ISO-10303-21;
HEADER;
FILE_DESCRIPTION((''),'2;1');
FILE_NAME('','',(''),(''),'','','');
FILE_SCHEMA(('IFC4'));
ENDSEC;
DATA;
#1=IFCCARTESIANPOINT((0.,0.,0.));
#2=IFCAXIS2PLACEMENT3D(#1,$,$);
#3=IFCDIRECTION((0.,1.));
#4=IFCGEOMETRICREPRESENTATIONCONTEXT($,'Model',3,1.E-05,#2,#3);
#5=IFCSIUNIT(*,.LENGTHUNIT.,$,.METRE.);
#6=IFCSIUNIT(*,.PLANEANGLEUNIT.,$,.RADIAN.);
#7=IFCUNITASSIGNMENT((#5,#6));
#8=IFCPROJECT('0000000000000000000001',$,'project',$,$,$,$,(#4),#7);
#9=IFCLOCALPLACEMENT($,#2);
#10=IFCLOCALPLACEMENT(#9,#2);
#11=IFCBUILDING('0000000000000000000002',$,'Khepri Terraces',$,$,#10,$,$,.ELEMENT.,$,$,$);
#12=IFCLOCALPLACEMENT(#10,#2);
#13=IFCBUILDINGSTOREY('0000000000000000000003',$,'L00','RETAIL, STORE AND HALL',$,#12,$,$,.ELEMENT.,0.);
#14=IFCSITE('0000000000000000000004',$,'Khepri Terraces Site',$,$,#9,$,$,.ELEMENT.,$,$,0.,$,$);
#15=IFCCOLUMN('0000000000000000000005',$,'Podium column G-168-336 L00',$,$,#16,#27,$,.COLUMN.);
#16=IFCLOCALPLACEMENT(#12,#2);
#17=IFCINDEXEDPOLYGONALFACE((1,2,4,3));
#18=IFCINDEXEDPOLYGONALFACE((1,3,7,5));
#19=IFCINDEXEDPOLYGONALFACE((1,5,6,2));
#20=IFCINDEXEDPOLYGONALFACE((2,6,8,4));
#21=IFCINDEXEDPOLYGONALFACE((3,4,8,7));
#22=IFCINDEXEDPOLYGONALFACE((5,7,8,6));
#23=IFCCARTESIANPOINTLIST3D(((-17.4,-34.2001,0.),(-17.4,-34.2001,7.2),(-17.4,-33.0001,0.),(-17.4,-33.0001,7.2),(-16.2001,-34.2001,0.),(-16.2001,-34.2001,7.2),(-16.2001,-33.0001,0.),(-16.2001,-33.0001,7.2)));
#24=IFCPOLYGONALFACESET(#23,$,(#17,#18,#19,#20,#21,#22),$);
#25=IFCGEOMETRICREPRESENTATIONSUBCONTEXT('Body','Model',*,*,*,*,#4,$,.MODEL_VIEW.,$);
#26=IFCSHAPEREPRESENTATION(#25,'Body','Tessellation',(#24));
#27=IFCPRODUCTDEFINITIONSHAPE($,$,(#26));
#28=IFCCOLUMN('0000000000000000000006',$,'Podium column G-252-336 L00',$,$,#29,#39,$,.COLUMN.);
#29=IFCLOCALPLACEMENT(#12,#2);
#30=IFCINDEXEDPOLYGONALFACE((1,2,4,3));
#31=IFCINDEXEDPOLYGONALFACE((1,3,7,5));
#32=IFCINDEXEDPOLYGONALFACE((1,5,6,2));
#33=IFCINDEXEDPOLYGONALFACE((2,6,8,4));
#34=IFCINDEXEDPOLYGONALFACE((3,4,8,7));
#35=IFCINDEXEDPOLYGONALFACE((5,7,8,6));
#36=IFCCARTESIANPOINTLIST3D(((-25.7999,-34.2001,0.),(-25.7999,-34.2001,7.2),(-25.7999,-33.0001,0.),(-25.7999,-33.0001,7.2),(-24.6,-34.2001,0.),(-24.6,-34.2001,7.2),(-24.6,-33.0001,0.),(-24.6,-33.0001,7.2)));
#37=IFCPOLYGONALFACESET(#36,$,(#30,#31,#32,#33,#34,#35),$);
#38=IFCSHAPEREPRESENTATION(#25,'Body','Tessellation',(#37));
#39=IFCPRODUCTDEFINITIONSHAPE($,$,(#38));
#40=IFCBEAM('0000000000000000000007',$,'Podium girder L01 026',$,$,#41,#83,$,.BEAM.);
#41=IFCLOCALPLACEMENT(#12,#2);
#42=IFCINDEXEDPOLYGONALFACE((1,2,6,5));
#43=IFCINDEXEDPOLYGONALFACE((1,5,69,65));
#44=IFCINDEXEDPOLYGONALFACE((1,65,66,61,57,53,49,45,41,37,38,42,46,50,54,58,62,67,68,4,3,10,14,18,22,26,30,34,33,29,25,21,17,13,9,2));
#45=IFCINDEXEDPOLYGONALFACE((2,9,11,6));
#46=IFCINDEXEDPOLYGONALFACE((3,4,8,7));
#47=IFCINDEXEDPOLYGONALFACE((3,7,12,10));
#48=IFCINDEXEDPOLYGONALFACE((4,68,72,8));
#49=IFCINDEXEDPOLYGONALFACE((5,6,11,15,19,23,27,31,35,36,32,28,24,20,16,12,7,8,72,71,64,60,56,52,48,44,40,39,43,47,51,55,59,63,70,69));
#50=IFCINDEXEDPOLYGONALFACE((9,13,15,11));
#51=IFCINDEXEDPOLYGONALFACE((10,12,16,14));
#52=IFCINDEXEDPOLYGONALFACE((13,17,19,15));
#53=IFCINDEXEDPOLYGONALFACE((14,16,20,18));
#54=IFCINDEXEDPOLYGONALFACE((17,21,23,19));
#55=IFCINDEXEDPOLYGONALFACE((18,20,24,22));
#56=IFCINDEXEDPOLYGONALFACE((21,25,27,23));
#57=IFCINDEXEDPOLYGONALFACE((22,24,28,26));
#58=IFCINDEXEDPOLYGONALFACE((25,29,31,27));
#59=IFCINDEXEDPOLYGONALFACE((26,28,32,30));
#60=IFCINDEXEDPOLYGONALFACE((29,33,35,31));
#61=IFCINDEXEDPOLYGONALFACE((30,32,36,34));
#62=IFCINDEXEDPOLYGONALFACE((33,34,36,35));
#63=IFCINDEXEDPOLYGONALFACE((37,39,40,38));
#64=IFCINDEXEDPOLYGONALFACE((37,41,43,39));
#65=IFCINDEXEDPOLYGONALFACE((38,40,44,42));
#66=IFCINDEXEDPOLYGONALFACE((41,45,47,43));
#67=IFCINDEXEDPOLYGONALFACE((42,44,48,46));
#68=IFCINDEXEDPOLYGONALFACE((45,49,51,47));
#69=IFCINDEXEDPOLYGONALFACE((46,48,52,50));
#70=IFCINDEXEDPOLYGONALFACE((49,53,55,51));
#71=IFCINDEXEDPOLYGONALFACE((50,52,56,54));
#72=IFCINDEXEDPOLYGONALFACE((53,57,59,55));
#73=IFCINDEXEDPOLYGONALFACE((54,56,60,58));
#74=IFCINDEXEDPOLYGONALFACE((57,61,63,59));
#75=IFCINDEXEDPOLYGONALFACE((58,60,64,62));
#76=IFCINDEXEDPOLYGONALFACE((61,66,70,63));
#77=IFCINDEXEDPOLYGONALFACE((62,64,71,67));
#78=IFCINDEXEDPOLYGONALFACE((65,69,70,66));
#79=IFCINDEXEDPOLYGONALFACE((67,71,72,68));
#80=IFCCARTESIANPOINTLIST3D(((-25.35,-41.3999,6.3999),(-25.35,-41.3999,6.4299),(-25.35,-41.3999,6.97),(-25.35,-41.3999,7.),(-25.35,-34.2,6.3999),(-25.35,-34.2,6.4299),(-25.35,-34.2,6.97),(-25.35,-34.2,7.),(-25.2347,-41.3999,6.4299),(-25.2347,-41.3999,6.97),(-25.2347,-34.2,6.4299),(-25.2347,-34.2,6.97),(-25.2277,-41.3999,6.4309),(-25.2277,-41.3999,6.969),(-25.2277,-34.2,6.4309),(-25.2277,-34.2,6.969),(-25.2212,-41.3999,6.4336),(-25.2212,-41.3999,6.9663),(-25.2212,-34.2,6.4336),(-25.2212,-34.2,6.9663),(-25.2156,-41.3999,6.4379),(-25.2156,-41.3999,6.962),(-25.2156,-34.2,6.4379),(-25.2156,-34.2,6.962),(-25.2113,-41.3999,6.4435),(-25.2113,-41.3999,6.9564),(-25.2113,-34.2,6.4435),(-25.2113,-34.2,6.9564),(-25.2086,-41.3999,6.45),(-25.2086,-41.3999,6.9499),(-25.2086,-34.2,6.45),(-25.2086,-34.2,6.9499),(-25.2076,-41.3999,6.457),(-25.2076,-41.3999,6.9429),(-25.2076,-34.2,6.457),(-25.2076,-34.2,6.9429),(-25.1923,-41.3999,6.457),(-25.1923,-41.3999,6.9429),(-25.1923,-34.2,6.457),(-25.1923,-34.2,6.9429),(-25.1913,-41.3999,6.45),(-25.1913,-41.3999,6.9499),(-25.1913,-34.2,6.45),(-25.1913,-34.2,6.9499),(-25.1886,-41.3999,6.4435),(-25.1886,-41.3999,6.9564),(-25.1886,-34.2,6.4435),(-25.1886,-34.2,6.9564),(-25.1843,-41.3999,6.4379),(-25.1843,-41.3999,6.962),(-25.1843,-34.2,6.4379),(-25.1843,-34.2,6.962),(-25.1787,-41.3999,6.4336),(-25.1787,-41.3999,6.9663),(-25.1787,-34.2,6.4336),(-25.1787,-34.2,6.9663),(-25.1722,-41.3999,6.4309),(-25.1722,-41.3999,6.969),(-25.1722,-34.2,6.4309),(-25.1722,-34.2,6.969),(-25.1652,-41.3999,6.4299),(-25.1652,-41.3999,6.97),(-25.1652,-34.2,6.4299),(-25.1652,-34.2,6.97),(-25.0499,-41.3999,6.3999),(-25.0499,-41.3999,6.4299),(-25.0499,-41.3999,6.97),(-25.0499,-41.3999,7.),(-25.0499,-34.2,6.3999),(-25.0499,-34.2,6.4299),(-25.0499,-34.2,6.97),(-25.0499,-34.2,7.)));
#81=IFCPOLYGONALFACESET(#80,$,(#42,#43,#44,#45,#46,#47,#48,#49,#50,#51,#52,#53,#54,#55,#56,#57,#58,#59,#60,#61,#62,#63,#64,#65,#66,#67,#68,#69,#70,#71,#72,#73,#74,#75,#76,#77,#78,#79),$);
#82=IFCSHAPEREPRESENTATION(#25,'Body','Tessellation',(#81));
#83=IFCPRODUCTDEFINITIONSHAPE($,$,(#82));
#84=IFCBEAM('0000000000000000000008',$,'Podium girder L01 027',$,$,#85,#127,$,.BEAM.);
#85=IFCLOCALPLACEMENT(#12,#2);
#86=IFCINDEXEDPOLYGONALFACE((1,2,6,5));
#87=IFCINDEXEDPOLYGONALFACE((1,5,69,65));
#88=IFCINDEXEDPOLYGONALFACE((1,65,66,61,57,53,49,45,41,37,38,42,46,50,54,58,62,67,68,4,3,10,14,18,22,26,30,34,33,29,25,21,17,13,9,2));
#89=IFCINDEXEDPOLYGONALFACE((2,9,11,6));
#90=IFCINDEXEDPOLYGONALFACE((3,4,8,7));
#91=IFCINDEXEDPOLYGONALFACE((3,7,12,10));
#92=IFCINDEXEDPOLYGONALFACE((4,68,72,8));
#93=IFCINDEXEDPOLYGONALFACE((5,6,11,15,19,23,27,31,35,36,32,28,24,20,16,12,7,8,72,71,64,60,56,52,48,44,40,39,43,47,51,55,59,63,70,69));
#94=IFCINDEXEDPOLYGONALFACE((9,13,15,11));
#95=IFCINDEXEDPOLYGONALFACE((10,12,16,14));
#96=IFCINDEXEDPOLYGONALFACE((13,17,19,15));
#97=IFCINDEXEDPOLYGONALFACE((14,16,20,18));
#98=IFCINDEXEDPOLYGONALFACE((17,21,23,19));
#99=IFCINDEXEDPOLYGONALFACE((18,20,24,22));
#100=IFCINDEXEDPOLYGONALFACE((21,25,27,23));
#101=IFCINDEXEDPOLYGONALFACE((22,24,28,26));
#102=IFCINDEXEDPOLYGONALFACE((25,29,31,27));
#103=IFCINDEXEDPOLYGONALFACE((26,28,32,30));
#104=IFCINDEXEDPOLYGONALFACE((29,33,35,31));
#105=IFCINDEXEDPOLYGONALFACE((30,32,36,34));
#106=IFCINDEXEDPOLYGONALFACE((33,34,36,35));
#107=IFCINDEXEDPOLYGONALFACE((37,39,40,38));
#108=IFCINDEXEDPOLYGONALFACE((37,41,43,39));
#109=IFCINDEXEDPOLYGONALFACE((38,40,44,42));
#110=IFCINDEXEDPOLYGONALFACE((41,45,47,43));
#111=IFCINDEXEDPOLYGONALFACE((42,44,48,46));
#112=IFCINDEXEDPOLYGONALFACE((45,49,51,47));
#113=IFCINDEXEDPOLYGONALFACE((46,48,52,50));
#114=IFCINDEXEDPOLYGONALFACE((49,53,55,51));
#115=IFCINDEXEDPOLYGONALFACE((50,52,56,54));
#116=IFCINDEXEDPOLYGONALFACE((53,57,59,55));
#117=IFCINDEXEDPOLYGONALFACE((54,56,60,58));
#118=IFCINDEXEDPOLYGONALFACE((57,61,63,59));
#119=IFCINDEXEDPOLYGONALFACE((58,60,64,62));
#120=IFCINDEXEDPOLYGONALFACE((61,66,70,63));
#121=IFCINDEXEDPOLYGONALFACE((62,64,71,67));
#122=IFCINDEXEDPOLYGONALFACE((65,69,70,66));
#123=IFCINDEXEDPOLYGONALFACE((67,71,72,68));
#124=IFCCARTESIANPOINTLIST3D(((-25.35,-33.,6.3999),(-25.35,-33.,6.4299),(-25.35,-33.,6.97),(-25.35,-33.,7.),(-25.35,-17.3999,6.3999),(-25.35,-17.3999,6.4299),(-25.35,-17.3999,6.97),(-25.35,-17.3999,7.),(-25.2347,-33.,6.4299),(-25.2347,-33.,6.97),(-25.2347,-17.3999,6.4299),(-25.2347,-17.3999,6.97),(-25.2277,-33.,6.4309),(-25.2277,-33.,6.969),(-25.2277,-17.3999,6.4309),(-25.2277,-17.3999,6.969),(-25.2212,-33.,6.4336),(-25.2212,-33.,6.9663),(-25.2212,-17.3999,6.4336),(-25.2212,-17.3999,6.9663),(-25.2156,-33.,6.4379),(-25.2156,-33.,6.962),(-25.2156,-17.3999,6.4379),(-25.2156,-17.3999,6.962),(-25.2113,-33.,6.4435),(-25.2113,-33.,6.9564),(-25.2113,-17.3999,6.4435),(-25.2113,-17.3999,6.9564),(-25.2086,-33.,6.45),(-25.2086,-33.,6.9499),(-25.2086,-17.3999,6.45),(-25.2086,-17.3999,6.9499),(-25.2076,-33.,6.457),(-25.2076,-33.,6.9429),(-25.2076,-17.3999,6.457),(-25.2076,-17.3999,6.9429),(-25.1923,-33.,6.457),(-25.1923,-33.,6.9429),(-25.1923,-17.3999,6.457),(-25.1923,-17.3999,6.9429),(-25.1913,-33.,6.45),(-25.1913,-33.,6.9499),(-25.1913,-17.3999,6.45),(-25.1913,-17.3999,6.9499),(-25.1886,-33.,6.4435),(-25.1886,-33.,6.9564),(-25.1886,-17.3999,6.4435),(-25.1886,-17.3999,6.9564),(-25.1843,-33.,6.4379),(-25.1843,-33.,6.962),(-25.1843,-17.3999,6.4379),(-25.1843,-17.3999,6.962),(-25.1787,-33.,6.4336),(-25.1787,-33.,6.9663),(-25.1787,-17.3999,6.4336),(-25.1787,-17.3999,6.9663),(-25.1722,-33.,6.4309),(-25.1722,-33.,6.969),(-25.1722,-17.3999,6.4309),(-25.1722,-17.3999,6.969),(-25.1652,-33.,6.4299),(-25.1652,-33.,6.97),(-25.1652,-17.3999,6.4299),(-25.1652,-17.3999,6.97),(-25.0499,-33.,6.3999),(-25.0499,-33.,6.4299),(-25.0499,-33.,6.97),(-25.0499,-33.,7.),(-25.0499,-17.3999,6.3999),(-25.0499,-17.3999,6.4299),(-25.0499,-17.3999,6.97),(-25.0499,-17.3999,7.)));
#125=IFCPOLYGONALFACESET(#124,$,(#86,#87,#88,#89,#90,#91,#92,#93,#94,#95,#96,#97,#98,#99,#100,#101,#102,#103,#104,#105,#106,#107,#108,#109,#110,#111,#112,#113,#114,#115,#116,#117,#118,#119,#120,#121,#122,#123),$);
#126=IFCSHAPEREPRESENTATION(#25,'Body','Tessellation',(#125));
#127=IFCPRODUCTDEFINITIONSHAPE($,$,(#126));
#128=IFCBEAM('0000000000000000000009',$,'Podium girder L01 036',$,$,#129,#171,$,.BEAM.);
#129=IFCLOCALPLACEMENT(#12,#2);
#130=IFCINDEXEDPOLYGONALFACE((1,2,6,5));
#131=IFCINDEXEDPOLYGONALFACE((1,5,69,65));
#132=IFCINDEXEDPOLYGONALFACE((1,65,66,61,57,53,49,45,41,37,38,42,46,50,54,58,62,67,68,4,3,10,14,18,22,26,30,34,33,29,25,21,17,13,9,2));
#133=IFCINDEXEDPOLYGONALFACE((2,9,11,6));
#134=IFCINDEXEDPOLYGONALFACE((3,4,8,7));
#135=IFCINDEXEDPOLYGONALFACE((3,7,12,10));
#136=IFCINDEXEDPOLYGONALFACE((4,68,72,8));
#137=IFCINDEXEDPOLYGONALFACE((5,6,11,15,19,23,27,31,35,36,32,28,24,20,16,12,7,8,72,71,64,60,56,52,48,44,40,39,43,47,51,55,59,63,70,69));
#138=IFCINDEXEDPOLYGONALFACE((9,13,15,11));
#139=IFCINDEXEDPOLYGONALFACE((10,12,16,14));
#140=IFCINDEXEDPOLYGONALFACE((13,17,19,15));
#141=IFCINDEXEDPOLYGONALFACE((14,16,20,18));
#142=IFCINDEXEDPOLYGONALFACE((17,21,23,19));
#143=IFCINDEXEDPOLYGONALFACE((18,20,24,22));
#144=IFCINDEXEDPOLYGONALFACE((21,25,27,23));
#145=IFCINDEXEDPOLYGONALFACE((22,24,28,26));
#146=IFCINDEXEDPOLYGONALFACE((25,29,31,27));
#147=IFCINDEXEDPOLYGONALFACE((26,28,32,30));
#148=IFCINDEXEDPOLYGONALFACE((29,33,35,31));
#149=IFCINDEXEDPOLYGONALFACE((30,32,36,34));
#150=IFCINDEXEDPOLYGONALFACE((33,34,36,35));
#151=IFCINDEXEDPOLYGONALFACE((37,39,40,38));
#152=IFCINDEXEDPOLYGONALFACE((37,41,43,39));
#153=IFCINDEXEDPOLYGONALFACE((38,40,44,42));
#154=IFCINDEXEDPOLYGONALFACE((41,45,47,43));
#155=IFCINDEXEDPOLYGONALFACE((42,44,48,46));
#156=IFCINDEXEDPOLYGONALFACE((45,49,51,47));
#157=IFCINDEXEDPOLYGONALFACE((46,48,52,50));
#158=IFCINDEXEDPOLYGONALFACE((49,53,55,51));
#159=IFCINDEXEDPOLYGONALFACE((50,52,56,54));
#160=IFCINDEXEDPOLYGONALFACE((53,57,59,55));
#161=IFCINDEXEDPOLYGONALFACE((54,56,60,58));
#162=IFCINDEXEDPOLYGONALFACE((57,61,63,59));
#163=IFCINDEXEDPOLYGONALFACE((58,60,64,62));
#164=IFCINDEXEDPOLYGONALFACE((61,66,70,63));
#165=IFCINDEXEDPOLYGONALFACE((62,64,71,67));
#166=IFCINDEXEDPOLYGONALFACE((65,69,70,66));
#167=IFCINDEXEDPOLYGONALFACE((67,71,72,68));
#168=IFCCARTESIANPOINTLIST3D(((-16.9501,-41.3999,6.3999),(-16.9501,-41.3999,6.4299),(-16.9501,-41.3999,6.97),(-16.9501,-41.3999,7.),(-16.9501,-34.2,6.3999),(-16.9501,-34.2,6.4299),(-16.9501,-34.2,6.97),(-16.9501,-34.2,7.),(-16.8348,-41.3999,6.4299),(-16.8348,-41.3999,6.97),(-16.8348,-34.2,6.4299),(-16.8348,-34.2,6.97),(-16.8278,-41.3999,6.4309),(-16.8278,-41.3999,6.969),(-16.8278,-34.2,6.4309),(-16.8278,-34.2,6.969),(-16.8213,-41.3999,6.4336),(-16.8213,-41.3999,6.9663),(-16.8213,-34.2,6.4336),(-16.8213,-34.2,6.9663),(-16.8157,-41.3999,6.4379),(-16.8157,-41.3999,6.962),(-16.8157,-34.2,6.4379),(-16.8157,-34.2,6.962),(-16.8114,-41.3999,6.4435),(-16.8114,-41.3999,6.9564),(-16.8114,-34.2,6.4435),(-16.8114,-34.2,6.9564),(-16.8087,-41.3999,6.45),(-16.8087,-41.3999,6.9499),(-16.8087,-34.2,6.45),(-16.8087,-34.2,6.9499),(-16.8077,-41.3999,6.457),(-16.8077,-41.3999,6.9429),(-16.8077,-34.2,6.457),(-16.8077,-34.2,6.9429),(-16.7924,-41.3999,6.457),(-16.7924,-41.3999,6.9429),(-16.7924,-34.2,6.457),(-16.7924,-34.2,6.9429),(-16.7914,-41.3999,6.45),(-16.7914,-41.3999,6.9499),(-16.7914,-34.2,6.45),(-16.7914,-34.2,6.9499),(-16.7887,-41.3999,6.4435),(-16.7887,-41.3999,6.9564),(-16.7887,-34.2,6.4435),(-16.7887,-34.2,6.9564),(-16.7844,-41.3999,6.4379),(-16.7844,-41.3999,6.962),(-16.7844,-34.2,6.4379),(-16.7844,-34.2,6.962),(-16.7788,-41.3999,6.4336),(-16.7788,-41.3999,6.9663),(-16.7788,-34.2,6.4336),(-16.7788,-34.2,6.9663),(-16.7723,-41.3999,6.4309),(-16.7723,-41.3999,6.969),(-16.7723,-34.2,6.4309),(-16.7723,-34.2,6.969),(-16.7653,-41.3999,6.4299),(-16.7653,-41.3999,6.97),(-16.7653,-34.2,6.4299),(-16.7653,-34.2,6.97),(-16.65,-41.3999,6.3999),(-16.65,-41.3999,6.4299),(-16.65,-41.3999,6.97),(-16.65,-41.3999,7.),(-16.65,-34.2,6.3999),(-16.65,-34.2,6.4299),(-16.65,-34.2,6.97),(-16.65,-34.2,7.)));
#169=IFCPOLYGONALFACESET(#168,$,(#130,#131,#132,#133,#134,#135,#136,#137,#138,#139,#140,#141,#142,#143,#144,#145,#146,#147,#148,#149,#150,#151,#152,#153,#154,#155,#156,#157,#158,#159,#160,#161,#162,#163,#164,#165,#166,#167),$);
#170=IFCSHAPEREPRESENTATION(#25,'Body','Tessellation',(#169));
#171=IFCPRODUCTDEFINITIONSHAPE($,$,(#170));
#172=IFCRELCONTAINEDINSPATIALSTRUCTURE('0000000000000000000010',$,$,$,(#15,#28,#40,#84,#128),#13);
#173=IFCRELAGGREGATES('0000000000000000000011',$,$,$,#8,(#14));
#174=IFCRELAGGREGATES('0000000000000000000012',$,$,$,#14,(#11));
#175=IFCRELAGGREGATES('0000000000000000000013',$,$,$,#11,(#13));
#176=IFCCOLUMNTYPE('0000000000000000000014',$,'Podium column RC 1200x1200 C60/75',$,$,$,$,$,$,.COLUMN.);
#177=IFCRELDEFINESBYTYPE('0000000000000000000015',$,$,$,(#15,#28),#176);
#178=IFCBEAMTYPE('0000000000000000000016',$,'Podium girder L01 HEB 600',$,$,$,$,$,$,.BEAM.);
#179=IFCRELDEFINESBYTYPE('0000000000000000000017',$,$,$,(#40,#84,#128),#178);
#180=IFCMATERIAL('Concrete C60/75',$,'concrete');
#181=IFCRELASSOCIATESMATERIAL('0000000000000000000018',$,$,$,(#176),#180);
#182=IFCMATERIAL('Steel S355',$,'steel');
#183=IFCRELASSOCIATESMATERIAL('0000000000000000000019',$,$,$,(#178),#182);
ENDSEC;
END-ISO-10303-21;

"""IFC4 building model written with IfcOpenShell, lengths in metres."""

from ifc_helpers import new_model, si_unit, direction, frame, origin, origin_2d, place, context, subcontext, project, spatial, rectangle, i_section, extrude, material, material_profile, profile_set, type_object, element, save


model = new_model("IFC4")

# Units and contexts
model_context = context("Model", 3, precision=1e-05, world=origin(), true_north=direction((0.0, 1.0)))
body_context = subcontext(model_context, "Body", "Model", "MODEL_VIEW")
ifc_project = project(units=[si_unit("LENGTHUNIT", "METRE"), si_unit("PLANEANGLEUNIT", "RADIAN")], contexts=[model_context])

# Site, building, storey
site_placement = place(None, origin())
site = spatial("IfcSite", under=ifc_project, at=site_placement, Name="Khepri Terraces Site", CompositionType="ELEMENT", RefElevation=0.0)
building_placement = place(site_placement, origin())
building = spatial("IfcBuilding", under=site, at=building_placement, Name="Khepri Terraces", CompositionType="ELEMENT")
storey_placement = place(building_placement, origin())
storey = spatial("IfcBuildingStorey", under=building, at=storey_placement, Name="L00", Description="RETAIL, STORE AND HALL", CompositionType="ELEMENT", Elevation=0.0)

# Columns
ifc_material_1 = material(Name="Concrete C60/75", Category="concrete")
ifc_material_profile_1 = material_profile(ifc_material_1, rectangle(XDim=1.2, YDim=1.2, at=origin_2d()), Name="Concrete C60/75", Category="concrete")
ifc_profile_set_1 = profile_set([ifc_material_profile_1], Name="Concrete C60/75")
column_type = type_object("IfcColumnType", Name="Podium column RC 1200x1200 C60/75", PredefinedType="COLUMN", material=ifc_profile_set_1)
for number, where, z_axis, x_axis, name in (
    (1, (-16.8, -33.6001, 0.0), (0.0, 0.0, 1.0), (1.0, 0.0, 0.0), "Podium column G-168-336 L00"),
    (2, (-25.2, -33.6001, 0.0), (0.0, 0.0, 1.0), (1.0, 0.0, 0.0), "Podium column G-252-336 L00"),
):
    element("IfcColumn", number, at=place(storey_placement, frame(where, z_axis=z_axis, x_axis=x_axis)), inside=storey, type_object=column_type, Name=name, PredefinedType="COLUMN", context=body_context, shape_type="SweptSolid", body=[
        extrude(rectangle(XDim=1.2, YDim=1.2, at=origin_2d()), origin(), (0.0, 0.0, 1.0), 7.2),
    ])

# Beams
ifc_material_2 = material(Name="Steel S355", Category="steel")
ifc_material_profile_2 = material_profile(ifc_material_2, i_section(OverallWidth=0.3, OverallDepth=0.6001, WebThickness=0.0154, FlangeThickness=0.03, FilletRadius=0.0271, at=origin_2d()), Name="Steel S355", Category="steel")
ifc_profile_set_2 = profile_set([ifc_material_profile_2], Name="Steel S355")
beam_type_1 = type_object("IfcBeamType", Name="Podium girder L01 HEB 600", PredefinedType="BEAM", material=ifc_profile_set_2)
beam_1_placement = place(storey_placement, frame((-25.2, -41.3999, 6.7), z_axis=(0.0, 1.0, 0.0), x_axis=(-1.0, 0.0, 0.0)))
element("IfcBeam", 3, at=beam_1_placement, inside=storey, type_object=beam_type_1, Name="Podium girder L01 026", PredefinedType="BEAM", context=body_context, shape_type="SweptSolid", body=[
    extrude(i_section(OverallWidth=0.3, OverallDepth=0.6001, WebThickness=0.0154, FlangeThickness=0.03, FilletRadius=0.0271, at=origin_2d()), origin(), (0.0, 0.0, 1.0), 7.2),
])
beam_2_placement = place(storey_placement, frame((-25.2, -33.0, 6.7), z_axis=(0.0, 1.0, 0.0), x_axis=(-1.0, 0.0, 0.0)))
element("IfcBeam", 4, at=beam_2_placement, inside=storey, type_object=beam_type_1, Name="Podium girder L01 027", PredefinedType="BEAM", context=body_context, shape_type="SweptSolid", body=[
    extrude(i_section(OverallWidth=0.3, OverallDepth=0.6001, WebThickness=0.0154, FlangeThickness=0.03, FilletRadius=0.0271, at=origin_2d()), origin(), (0.0, 0.0, 1.0), 15.6001),
])
for number, where, z_axis, x_axis, name in (
    (5, (-16.8, -41.3999, 6.7), (0.0, 1.0, 0.0), (-1.0, 0.0, 0.0), "Podium girder L01 036"),
):
    element("IfcBeam", number, at=place(storey_placement, frame(where, z_axis=z_axis, x_axis=x_axis)), inside=storey, type_object=beam_type_1, Name=name, PredefinedType="BEAM", context=body_context, shape_type="SweptSolid", body=[
        extrude(i_section(OverallWidth=0.3, OverallDepth=0.6001, WebThickness=0.0154, FlangeThickness=0.03, FilletRadius=0.0271, at=origin_2d()), origin(), (0.0, 0.0, 1.0), 7.2),
    ])

save(model, "model.ifc")
